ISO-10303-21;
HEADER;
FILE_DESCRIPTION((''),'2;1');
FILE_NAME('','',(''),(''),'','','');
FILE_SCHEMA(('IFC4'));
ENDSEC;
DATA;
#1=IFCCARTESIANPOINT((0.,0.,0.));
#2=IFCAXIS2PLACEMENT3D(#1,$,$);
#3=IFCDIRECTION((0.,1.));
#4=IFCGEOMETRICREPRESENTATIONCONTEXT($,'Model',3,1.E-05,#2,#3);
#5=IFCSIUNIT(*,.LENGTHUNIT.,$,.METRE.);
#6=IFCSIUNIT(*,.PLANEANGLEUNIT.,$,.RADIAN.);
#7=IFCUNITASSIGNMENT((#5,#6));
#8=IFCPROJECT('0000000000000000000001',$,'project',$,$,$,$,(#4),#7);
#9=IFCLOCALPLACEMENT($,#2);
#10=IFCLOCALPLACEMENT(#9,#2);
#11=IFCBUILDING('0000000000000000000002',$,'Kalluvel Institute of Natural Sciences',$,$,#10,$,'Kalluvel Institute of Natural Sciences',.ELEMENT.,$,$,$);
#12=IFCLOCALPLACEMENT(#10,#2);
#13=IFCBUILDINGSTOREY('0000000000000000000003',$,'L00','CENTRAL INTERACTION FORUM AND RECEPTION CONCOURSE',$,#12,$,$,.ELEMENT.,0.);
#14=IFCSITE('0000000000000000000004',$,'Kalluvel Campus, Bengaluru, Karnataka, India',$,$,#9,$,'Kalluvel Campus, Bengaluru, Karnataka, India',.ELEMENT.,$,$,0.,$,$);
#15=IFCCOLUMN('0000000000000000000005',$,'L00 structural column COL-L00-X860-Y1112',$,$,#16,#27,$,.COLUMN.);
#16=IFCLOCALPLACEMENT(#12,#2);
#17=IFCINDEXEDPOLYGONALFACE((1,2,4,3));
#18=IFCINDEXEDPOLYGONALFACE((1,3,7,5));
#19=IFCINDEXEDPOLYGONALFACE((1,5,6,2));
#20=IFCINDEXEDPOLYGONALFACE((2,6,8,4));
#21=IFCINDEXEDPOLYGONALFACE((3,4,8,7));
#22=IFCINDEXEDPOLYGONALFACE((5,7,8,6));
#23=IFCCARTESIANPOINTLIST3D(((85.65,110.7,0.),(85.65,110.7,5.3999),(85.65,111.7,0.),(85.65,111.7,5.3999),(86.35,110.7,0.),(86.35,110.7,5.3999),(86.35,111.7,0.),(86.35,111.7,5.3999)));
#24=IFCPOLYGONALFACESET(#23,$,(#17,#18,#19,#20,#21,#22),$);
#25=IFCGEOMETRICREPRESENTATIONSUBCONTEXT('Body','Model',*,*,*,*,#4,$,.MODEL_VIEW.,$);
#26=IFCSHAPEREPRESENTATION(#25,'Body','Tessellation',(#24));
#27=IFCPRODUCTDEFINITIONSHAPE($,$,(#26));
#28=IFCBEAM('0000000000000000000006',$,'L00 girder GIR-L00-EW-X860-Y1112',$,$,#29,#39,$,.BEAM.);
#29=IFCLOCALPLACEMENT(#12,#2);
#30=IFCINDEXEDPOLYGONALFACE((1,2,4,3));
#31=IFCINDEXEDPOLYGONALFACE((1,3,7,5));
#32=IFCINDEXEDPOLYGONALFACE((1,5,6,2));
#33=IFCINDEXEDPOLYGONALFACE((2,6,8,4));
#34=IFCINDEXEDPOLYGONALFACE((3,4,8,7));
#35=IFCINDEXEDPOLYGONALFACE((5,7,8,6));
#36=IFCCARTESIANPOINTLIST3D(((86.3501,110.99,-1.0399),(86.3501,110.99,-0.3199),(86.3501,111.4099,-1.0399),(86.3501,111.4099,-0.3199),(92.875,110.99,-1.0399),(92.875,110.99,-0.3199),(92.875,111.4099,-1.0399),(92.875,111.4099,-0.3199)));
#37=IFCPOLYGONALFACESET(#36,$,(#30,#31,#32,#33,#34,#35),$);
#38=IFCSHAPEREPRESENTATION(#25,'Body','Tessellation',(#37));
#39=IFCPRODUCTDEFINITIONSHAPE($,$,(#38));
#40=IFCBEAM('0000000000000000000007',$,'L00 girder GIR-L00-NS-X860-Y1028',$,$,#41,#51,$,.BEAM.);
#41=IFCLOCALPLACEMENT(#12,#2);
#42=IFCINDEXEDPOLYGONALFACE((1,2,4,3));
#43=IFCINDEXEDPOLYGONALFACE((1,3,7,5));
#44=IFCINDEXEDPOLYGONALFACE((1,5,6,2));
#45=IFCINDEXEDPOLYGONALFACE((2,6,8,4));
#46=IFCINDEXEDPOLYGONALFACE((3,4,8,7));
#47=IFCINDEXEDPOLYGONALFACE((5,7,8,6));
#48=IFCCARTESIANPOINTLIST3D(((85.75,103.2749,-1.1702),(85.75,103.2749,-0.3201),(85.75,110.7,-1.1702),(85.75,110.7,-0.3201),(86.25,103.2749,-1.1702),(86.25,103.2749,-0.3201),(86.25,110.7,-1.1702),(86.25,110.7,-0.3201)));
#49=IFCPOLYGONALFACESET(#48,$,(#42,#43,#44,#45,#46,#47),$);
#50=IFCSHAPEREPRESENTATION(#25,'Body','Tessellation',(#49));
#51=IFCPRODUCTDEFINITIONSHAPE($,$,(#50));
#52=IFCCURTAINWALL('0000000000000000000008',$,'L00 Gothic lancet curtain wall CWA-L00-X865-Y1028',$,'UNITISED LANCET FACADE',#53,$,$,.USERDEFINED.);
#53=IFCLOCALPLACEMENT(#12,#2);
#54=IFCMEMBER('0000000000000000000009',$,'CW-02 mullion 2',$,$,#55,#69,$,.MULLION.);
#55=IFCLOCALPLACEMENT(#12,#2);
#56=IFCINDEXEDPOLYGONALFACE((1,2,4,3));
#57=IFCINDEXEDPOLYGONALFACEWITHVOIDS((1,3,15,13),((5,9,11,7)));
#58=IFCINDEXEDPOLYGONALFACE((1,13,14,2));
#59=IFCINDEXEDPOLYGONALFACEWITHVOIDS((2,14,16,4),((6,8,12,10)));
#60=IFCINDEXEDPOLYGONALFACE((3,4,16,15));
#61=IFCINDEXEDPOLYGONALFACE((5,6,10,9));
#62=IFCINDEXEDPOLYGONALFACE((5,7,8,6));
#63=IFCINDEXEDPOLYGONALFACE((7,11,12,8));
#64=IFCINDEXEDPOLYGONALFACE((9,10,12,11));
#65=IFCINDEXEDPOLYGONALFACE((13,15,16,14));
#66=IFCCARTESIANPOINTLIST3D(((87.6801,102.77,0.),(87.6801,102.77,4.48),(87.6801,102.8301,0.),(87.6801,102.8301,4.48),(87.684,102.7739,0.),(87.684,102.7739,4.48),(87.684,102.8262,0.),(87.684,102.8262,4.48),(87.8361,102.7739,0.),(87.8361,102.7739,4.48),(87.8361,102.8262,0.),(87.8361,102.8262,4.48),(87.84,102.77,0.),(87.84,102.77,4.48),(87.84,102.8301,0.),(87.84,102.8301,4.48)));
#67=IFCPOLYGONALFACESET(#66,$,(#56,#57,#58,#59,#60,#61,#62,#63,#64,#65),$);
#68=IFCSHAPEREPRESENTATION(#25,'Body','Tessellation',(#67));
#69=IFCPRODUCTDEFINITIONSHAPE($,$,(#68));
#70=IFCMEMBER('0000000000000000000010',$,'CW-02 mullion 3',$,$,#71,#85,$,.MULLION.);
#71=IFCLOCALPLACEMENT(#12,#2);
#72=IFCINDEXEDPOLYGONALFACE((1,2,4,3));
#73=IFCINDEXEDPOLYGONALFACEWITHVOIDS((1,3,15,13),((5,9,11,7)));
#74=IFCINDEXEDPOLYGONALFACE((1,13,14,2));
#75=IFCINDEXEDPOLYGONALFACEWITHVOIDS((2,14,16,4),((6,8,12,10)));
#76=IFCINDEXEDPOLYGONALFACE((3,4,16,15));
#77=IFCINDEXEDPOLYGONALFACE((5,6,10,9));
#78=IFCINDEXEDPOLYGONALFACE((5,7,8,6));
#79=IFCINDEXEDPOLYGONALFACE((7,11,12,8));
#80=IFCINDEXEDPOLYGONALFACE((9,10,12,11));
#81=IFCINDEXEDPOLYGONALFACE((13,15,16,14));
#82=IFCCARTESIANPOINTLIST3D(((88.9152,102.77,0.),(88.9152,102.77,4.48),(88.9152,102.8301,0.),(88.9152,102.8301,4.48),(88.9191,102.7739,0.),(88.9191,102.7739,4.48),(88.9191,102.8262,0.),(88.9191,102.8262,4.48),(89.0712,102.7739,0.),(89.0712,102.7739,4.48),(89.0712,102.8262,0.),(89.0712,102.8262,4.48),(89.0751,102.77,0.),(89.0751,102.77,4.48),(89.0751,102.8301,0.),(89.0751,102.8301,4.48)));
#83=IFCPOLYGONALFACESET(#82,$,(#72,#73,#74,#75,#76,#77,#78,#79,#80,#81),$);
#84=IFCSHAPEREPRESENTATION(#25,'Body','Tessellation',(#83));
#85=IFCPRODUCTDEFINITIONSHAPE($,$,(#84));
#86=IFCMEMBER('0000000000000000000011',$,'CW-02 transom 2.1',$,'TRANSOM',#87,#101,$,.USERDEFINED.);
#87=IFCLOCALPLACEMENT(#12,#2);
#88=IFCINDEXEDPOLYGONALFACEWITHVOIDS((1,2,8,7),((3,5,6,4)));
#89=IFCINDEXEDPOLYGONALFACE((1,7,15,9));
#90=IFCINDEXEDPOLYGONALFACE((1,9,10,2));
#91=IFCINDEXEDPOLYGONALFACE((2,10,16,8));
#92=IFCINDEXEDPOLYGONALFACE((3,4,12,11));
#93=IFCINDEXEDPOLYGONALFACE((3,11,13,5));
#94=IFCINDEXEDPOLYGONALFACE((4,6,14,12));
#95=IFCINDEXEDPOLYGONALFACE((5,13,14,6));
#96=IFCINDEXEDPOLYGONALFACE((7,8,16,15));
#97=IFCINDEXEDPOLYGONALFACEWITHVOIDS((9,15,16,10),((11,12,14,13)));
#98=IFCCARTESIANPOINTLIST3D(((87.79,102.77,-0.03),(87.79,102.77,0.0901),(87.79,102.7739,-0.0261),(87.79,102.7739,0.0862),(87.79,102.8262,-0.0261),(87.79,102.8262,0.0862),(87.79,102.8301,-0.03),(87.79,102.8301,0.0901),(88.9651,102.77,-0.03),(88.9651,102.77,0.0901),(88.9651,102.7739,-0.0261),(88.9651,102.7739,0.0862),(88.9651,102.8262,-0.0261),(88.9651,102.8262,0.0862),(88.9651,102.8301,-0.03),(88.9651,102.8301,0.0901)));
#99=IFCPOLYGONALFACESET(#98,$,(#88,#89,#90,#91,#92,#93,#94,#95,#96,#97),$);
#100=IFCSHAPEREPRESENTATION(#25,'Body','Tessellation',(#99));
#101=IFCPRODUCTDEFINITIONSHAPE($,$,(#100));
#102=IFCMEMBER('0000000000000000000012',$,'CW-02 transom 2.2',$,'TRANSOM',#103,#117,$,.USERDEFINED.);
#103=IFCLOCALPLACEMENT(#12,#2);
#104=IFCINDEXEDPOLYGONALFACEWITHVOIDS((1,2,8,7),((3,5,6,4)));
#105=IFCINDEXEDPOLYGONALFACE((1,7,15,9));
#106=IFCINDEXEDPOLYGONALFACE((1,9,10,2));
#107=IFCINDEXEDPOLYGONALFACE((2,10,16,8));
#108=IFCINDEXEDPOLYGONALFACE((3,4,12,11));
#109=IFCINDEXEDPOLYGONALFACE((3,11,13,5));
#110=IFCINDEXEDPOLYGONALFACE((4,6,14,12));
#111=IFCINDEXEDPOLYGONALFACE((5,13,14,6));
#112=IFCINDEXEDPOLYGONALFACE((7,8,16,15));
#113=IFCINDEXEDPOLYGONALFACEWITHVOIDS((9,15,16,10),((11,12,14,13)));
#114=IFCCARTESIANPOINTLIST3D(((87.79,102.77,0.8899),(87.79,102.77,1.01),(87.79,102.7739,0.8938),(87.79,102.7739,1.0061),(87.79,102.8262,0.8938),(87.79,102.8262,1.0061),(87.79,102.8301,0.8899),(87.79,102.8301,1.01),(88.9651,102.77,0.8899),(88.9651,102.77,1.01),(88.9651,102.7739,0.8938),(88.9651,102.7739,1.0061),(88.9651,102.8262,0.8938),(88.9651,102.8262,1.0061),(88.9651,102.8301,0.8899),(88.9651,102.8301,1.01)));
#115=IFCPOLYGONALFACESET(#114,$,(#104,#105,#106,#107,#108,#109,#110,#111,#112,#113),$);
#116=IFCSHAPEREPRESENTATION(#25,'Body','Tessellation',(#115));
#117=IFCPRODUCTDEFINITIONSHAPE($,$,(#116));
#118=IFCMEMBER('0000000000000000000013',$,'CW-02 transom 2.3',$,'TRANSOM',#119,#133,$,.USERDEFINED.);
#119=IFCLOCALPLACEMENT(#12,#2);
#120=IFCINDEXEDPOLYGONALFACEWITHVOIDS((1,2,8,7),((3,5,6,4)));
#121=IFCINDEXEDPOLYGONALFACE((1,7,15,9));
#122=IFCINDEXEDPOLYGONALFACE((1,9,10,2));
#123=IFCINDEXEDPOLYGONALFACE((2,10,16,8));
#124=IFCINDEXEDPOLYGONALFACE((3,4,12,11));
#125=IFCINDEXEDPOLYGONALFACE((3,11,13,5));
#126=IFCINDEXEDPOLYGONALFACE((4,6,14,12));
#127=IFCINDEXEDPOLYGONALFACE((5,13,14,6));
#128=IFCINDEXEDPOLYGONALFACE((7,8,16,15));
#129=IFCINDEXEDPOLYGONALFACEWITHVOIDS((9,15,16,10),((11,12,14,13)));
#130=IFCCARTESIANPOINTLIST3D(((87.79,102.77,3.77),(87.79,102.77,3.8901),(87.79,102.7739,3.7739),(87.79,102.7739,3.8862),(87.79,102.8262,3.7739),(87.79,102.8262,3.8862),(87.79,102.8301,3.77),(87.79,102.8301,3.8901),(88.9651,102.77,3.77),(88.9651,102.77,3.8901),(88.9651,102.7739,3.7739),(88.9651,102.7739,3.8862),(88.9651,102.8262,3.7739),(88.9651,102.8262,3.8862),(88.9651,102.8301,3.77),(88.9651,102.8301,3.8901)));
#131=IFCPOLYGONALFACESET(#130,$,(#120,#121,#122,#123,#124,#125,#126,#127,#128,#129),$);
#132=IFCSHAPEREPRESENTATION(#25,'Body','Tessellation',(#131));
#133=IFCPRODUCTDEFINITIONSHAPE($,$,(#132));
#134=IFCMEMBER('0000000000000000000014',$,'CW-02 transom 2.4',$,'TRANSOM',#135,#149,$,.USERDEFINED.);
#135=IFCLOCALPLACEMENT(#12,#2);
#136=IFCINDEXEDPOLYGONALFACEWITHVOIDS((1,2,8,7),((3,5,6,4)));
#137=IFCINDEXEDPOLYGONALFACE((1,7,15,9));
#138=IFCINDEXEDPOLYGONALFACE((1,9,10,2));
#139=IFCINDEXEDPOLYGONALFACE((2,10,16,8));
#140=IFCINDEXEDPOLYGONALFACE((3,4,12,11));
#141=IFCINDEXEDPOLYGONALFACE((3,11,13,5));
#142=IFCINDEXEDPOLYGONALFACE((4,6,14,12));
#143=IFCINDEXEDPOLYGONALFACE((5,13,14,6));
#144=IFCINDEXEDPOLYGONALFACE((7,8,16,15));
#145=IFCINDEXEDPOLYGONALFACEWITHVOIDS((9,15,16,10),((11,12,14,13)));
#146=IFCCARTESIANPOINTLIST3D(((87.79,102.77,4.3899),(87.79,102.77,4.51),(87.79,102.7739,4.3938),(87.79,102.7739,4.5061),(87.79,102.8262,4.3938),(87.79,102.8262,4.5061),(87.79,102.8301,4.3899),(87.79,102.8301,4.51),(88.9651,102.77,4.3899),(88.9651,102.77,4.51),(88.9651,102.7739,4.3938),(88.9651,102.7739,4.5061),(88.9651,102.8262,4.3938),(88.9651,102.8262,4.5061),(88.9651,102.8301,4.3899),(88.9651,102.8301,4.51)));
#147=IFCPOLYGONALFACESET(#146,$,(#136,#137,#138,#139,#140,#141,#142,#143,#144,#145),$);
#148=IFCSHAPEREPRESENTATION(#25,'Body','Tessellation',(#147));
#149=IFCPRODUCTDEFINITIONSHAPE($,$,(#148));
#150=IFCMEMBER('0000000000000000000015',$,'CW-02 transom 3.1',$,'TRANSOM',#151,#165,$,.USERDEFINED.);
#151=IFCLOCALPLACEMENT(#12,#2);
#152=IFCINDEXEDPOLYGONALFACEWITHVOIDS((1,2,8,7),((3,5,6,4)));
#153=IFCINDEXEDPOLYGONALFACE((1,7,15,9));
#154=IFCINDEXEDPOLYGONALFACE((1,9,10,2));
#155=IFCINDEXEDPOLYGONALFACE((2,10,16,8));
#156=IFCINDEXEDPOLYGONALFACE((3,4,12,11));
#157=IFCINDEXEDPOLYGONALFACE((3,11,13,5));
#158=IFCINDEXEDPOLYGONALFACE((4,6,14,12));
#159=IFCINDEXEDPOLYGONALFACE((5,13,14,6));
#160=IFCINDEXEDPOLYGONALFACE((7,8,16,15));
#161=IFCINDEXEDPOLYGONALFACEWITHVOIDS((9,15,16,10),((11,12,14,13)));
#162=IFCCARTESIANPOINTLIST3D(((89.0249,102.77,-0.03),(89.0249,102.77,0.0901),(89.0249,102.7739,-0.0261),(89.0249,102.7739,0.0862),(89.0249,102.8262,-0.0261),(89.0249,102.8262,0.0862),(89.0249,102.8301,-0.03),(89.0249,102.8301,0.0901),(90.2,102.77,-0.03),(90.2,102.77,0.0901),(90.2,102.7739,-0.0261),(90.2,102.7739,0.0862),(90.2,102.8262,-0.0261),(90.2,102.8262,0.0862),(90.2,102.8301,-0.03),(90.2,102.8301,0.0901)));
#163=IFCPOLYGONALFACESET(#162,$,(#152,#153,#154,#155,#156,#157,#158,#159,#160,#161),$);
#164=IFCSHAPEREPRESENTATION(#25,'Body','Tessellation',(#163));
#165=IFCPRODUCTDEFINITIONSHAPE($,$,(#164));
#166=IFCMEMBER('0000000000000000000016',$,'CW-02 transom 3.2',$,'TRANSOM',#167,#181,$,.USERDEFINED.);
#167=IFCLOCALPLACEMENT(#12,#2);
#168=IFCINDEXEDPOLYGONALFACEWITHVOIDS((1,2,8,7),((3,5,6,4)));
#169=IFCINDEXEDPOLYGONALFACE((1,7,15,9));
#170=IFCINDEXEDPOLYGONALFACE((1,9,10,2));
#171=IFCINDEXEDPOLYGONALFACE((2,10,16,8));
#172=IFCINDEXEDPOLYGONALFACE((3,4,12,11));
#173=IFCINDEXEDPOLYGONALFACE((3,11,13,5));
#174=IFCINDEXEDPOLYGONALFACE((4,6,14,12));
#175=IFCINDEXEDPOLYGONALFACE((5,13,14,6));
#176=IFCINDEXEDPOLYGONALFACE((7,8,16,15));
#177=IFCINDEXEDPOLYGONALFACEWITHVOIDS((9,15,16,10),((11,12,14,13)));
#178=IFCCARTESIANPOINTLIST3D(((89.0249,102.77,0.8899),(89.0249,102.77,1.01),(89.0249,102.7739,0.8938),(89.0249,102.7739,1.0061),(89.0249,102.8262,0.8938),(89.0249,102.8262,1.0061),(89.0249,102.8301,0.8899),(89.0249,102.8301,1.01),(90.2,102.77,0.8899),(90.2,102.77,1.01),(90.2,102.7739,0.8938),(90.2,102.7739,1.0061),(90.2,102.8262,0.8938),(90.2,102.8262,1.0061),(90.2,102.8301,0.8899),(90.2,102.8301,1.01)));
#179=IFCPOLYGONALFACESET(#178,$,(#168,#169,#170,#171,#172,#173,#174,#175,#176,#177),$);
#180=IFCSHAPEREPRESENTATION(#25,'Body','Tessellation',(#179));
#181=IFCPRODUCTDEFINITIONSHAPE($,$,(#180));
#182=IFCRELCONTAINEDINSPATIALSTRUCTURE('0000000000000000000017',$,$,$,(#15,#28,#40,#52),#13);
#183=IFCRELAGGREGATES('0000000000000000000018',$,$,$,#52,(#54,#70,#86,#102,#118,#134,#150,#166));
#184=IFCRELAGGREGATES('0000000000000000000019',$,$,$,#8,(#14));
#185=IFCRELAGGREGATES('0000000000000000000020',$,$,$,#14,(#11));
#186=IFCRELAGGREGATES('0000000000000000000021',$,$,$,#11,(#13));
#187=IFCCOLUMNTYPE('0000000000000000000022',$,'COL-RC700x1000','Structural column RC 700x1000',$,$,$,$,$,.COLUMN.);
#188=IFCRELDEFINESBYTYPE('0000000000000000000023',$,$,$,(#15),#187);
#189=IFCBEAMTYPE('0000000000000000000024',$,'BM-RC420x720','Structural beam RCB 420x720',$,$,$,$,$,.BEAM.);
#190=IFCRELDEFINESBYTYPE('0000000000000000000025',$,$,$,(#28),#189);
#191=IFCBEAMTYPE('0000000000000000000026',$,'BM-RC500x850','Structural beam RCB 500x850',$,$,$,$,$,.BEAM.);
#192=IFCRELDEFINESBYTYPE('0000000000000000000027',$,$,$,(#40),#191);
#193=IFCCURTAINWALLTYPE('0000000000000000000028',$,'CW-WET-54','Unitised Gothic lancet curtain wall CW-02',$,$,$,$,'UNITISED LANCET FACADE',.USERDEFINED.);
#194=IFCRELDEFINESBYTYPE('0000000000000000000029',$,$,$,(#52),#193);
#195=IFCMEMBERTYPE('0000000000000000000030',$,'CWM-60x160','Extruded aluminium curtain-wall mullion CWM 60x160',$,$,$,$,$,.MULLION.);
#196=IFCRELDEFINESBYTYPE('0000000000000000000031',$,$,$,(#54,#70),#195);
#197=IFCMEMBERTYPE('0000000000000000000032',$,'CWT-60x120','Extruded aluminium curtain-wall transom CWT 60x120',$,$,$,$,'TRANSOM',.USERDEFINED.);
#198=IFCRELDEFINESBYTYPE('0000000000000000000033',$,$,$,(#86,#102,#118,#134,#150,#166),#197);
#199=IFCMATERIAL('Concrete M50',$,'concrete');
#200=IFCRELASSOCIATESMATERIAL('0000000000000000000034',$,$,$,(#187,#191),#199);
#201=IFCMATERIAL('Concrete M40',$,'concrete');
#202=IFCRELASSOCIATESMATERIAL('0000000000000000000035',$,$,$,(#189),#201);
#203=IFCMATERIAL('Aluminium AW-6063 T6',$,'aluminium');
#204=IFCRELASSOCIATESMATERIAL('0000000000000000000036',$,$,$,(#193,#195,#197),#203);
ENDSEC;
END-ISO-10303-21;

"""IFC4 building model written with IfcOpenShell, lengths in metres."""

from ifc_helpers import new_model, si_unit, direction, frame, origin, origin_2d, place, context, subcontext, project, spatial, rectangle, hollow_rectangle, extrude, material, material_profile, profile_set, type_object, element, aggregate, save


model = new_model("IFC4")

# Units and contexts
model_context = context("Model", 3, precision=1e-05, world=origin(), true_north=direction((0.0, 1.0)))
body_context = subcontext(model_context, "Body", "Model", "MODEL_VIEW")
ifc_project = project(units=[si_unit("LENGTHUNIT", "METRE"), si_unit("PLANEANGLEUNIT", "RADIAN")], contexts=[model_context])

# Site, building, storey
site_placement = place(None, origin())
site = spatial("IfcSite", under=ifc_project, at=site_placement, Name="Kalluvel Campus, Bengaluru, Karnataka, India", LongName="Kalluvel Campus, Bengaluru, Karnataka, India", CompositionType="ELEMENT", RefElevation=0.0)
building_placement = place(site_placement, origin())
building = spatial("IfcBuilding", under=site, at=building_placement, Name="Kalluvel Institute of Natural Sciences", LongName="Kalluvel Institute of Natural Sciences", CompositionType="ELEMENT")
storey_placement = place(building_placement, origin())
storey = spatial("IfcBuildingStorey", under=building, at=storey_placement, Name="L00", Description="CENTRAL INTERACTION FORUM AND RECEPTION CONCOURSE", CompositionType="ELEMENT", Elevation=0.0)

# Column
ifc_material_1 = material(Name="Concrete M50", Category="concrete")
ifc_material_profile_1 = material_profile(ifc_material_1, rectangle(XDim=0.7, YDim=1.0, at=origin_2d()), Name="RC 700x1000")
ifc_profile_set_1 = profile_set([ifc_material_profile_1], Name="Concrete M50")
column_type = type_object("IfcColumnType", Name="COL-RC700x1000", Description="Structural column RC 700x1000", PredefinedType="COLUMN", material=ifc_profile_set_1)
column_placement = place(storey_placement, frame((86.0, 111.2, 0.0), z_axis=(0.0, 0.0, 1.0), x_axis=(1.0, 0.0, 0.0)))
element("IfcColumn", 1, at=column_placement, inside=storey, type_object=column_type, Name="L00 structural column COL-L00-X860-Y1112", PredefinedType="COLUMN", context=body_context, shape_type="SweptSolid", body=[
    extrude(rectangle(XDim=0.7, YDim=1.0, at=origin_2d()), origin(), (0.0, 0.0, 1.0), 5.3999),
])

# Beams
ifc_material_2 = material(Name="Concrete M40", Category="concrete")
ifc_material_profile_2 = material_profile(ifc_material_2, rectangle(XDim=0.4199, YDim=0.72, at=origin_2d()), Name="RCB 420x720")
ifc_profile_set_2 = profile_set([ifc_material_profile_2], Name="Concrete M40")
beam_type_1 = type_object("IfcBeamType", Name="BM-RC420x720", Description="Structural beam RCB 420x720", PredefinedType="BEAM", material=ifc_profile_set_2)
beam_1_placement = place(storey_placement, frame((86.3501, 111.2, -0.6799), z_axis=(1.0, 0.0, 0.0), x_axis=(0.0, 1.0, 0.0)))
element("IfcBeam", 2, at=beam_1_placement, inside=storey, type_object=beam_type_1, Name="L00 girder GIR-L00-EW-X860-Y1112", PredefinedType="BEAM", context=body_context, shape_type="SweptSolid", body=[
    extrude(rectangle(XDim=0.4199, YDim=0.72, at=origin_2d()), origin(), (0.0, 0.0, 1.0), 6.5249),
])
ifc_material_profile_3 = material_profile(ifc_material_1, rectangle(XDim=0.5, YDim=0.8501, at=origin_2d()), Name="RCB 500x850")
ifc_profile_set_3 = profile_set([ifc_material_profile_3], Name="Concrete M50")
beam_type_2 = type_object("IfcBeamType", Name="BM-RC500x850", Description="Structural beam RCB 500x850", PredefinedType="BEAM", material=ifc_profile_set_3)
beam_2_placement = place(storey_placement, frame((86.0, 103.2749, -0.7451), z_axis=(0.0, 1.0, 0.0), x_axis=(-1.0, 0.0, 0.0)))
element("IfcBeam", 3, at=beam_2_placement, inside=storey, type_object=beam_type_2, Name="L00 girder GIR-L00-NS-X860-Y1028", PredefinedType="BEAM", context=body_context, shape_type="SweptSolid", body=[
    extrude(rectangle(XDim=0.5, YDim=0.8501, at=origin_2d()), origin(), (0.0, 0.0, 1.0), 7.425),
])

# Curtain wall, members
ifc_material_3 = material(Name="Aluminium AW-6063 T6", Category="aluminium")
curtain_wall_type = type_object("IfcCurtainWallType", Name="CW-WET-54", Description="Unitised Gothic lancet curtain wall CW-02", ElementType="UNITISED LANCET FACADE", PredefinedType="USERDEFINED", material=ifc_material_3)
curtain_wall_placement = place(storey_placement, origin())
curtain_wall = element("IfcCurtainWall", 4, at=curtain_wall_placement, inside=storey, type_object=curtain_wall_type, Name="L00 Gothic lancet curtain wall CWA-L00-X865-Y1028", ObjectType="UNITISED LANCET FACADE", PredefinedType="USERDEFINED")
ifc_material_profile_4 = material_profile(ifc_material_3, hollow_rectangle(XDim=0.0601, YDim=0.1599, WallThickness=0.0039, at=origin_2d()), Name="CWM 60x160")
ifc_profile_set_4 = profile_set([ifc_material_profile_4], Name="Aluminium AW-6063 T6")
member_type_1 = type_object("IfcMemberType", Name="CWM-60x160", Description="Extruded aluminium curtain-wall mullion CWM 60x160", PredefinedType="MULLION", material=ifc_profile_set_4)
member_1_placement = place(storey_placement, frame((87.76, 102.8, 0.0), z_axis=(0.0, 0.0, 1.0), x_axis=(0.0, 1.0, 0.0)))
member_1 = element("IfcMember", 5, at=member_1_placement, type_object=member_type_1, Name="CW-02 mullion 2", PredefinedType="MULLION", context=body_context, shape_type="SweptSolid", body=[
    extrude(hollow_rectangle(XDim=0.0601, YDim=0.1599, WallThickness=0.0039, at=origin_2d()), origin(), (0.0, 0.0, 1.0), 4.48),
])
member_2_placement = place(storey_placement, frame((88.9951, 102.8, 0.0), z_axis=(0.0, 0.0, 1.0), x_axis=(0.0, 1.0, 0.0)))
member_2 = element("IfcMember", 6, at=member_2_placement, type_object=member_type_1, Name="CW-02 mullion 3", PredefinedType="MULLION", context=body_context, shape_type="SweptSolid", body=[
    extrude(hollow_rectangle(XDim=0.0601, YDim=0.1599, WallThickness=0.0039, at=origin_2d()), origin(), (0.0, 0.0, 1.0), 4.48),
])
ifc_material_profile_5 = material_profile(ifc_material_3, hollow_rectangle(XDim=0.0601, YDim=0.1201, WallThickness=0.0039, at=origin_2d()), Name="CWT 60x120")
ifc_profile_set_5 = profile_set([ifc_material_profile_5], Name="Aluminium AW-6063 T6")
member_type_2 = type_object("IfcMemberType", Name="CWT-60x120", Description="Extruded aluminium curtain-wall transom CWT 60x120", ElementType="TRANSOM", PredefinedType="USERDEFINED", material=ifc_profile_set_5)
member_3_placement = place(storey_placement, frame((87.79, 102.8, 0.03), z_axis=(1.0, 0.0, 0.0), x_axis=(0.0, 1.0, 0.0)))
member_3 = element("IfcMember", 7, at=member_3_placement, type_object=member_type_2, Name="CW-02 transom 2.1", ObjectType="TRANSOM", PredefinedType="USERDEFINED", context=body_context, shape_type="SweptSolid", body=[
    extrude(hollow_rectangle(XDim=0.0601, YDim=0.1201, WallThickness=0.0039, at=origin_2d()), origin(), (0.0, 0.0, 1.0), 1.175),
])
member_4_placement = place(storey_placement, frame((87.79, 102.8, 0.95), z_axis=(1.0, 0.0, 0.0), x_axis=(0.0, 1.0, 0.0)))
member_4 = element("IfcMember", 8, at=member_4_placement, type_object=member_type_2, Name="CW-02 transom 2.2", ObjectType="TRANSOM", PredefinedType="USERDEFINED", context=body_context, shape_type="SweptSolid", body=[
    extrude(hollow_rectangle(XDim=0.0601, YDim=0.1201, WallThickness=0.0039, at=origin_2d()), origin(), (0.0, 0.0, 1.0), 1.175),
])
member_5_placement = place(storey_placement, frame((87.79, 102.8, 3.8301), z_axis=(1.0, 0.0, 0.0), x_axis=(0.0, 1.0, 0.0)))
member_5 = element("IfcMember", 9, at=member_5_placement, type_object=member_type_2, Name="CW-02 transom 2.3", ObjectType="TRANSOM", PredefinedType="USERDEFINED", context=body_context, shape_type="SweptSolid", body=[
    extrude(hollow_rectangle(XDim=0.0601, YDim=0.1201, WallThickness=0.0039, at=origin_2d()), origin(), (0.0, 0.0, 1.0), 1.175),
])
member_6_placement = place(storey_placement, frame((87.79, 102.8, 4.45), z_axis=(1.0, 0.0, 0.0), x_axis=(0.0, 1.0, 0.0)))
member_6 = element("IfcMember", 10, at=member_6_placement, type_object=member_type_2, Name="CW-02 transom 2.4", ObjectType="TRANSOM", PredefinedType="USERDEFINED", context=body_context, shape_type="SweptSolid", body=[
    extrude(hollow_rectangle(XDim=0.0601, YDim=0.1201, WallThickness=0.0039, at=origin_2d()), origin(), (0.0, 0.0, 1.0), 1.175),
])
member_7_placement = place(storey_placement, frame((89.0249, 102.8, 0.03), z_axis=(1.0, 0.0, 0.0), x_axis=(0.0, 1.0, 0.0)))
member_7 = element("IfcMember", 11, at=member_7_placement, type_object=member_type_2, Name="CW-02 transom 3.1", ObjectType="TRANSOM", PredefinedType="USERDEFINED", context=body_context, shape_type="SweptSolid", body=[
    extrude(hollow_rectangle(XDim=0.0601, YDim=0.1201, WallThickness=0.0039, at=origin_2d()), origin(), (0.0, 0.0, 1.0), 1.175),
])
member_8_placement = place(storey_placement, frame((89.0249, 102.8, 0.95), z_axis=(1.0, 0.0, 0.0), x_axis=(0.0, 1.0, 0.0)))
member_8 = element("IfcMember", 12, at=member_8_placement, type_object=member_type_2, Name="CW-02 transom 3.2", ObjectType="TRANSOM", PredefinedType="USERDEFINED", context=body_context, shape_type="SweptSolid", body=[
    extrude(hollow_rectangle(XDim=0.0601, YDim=0.1201, WallThickness=0.0039, at=origin_2d()), origin(), (0.0, 0.0, 1.0), 1.175),
])

aggregate(curtain_wall, [member_1, member_2, member_3, member_4, member_5, member_6, member_7, member_8])

save(model, "model.ifc")
